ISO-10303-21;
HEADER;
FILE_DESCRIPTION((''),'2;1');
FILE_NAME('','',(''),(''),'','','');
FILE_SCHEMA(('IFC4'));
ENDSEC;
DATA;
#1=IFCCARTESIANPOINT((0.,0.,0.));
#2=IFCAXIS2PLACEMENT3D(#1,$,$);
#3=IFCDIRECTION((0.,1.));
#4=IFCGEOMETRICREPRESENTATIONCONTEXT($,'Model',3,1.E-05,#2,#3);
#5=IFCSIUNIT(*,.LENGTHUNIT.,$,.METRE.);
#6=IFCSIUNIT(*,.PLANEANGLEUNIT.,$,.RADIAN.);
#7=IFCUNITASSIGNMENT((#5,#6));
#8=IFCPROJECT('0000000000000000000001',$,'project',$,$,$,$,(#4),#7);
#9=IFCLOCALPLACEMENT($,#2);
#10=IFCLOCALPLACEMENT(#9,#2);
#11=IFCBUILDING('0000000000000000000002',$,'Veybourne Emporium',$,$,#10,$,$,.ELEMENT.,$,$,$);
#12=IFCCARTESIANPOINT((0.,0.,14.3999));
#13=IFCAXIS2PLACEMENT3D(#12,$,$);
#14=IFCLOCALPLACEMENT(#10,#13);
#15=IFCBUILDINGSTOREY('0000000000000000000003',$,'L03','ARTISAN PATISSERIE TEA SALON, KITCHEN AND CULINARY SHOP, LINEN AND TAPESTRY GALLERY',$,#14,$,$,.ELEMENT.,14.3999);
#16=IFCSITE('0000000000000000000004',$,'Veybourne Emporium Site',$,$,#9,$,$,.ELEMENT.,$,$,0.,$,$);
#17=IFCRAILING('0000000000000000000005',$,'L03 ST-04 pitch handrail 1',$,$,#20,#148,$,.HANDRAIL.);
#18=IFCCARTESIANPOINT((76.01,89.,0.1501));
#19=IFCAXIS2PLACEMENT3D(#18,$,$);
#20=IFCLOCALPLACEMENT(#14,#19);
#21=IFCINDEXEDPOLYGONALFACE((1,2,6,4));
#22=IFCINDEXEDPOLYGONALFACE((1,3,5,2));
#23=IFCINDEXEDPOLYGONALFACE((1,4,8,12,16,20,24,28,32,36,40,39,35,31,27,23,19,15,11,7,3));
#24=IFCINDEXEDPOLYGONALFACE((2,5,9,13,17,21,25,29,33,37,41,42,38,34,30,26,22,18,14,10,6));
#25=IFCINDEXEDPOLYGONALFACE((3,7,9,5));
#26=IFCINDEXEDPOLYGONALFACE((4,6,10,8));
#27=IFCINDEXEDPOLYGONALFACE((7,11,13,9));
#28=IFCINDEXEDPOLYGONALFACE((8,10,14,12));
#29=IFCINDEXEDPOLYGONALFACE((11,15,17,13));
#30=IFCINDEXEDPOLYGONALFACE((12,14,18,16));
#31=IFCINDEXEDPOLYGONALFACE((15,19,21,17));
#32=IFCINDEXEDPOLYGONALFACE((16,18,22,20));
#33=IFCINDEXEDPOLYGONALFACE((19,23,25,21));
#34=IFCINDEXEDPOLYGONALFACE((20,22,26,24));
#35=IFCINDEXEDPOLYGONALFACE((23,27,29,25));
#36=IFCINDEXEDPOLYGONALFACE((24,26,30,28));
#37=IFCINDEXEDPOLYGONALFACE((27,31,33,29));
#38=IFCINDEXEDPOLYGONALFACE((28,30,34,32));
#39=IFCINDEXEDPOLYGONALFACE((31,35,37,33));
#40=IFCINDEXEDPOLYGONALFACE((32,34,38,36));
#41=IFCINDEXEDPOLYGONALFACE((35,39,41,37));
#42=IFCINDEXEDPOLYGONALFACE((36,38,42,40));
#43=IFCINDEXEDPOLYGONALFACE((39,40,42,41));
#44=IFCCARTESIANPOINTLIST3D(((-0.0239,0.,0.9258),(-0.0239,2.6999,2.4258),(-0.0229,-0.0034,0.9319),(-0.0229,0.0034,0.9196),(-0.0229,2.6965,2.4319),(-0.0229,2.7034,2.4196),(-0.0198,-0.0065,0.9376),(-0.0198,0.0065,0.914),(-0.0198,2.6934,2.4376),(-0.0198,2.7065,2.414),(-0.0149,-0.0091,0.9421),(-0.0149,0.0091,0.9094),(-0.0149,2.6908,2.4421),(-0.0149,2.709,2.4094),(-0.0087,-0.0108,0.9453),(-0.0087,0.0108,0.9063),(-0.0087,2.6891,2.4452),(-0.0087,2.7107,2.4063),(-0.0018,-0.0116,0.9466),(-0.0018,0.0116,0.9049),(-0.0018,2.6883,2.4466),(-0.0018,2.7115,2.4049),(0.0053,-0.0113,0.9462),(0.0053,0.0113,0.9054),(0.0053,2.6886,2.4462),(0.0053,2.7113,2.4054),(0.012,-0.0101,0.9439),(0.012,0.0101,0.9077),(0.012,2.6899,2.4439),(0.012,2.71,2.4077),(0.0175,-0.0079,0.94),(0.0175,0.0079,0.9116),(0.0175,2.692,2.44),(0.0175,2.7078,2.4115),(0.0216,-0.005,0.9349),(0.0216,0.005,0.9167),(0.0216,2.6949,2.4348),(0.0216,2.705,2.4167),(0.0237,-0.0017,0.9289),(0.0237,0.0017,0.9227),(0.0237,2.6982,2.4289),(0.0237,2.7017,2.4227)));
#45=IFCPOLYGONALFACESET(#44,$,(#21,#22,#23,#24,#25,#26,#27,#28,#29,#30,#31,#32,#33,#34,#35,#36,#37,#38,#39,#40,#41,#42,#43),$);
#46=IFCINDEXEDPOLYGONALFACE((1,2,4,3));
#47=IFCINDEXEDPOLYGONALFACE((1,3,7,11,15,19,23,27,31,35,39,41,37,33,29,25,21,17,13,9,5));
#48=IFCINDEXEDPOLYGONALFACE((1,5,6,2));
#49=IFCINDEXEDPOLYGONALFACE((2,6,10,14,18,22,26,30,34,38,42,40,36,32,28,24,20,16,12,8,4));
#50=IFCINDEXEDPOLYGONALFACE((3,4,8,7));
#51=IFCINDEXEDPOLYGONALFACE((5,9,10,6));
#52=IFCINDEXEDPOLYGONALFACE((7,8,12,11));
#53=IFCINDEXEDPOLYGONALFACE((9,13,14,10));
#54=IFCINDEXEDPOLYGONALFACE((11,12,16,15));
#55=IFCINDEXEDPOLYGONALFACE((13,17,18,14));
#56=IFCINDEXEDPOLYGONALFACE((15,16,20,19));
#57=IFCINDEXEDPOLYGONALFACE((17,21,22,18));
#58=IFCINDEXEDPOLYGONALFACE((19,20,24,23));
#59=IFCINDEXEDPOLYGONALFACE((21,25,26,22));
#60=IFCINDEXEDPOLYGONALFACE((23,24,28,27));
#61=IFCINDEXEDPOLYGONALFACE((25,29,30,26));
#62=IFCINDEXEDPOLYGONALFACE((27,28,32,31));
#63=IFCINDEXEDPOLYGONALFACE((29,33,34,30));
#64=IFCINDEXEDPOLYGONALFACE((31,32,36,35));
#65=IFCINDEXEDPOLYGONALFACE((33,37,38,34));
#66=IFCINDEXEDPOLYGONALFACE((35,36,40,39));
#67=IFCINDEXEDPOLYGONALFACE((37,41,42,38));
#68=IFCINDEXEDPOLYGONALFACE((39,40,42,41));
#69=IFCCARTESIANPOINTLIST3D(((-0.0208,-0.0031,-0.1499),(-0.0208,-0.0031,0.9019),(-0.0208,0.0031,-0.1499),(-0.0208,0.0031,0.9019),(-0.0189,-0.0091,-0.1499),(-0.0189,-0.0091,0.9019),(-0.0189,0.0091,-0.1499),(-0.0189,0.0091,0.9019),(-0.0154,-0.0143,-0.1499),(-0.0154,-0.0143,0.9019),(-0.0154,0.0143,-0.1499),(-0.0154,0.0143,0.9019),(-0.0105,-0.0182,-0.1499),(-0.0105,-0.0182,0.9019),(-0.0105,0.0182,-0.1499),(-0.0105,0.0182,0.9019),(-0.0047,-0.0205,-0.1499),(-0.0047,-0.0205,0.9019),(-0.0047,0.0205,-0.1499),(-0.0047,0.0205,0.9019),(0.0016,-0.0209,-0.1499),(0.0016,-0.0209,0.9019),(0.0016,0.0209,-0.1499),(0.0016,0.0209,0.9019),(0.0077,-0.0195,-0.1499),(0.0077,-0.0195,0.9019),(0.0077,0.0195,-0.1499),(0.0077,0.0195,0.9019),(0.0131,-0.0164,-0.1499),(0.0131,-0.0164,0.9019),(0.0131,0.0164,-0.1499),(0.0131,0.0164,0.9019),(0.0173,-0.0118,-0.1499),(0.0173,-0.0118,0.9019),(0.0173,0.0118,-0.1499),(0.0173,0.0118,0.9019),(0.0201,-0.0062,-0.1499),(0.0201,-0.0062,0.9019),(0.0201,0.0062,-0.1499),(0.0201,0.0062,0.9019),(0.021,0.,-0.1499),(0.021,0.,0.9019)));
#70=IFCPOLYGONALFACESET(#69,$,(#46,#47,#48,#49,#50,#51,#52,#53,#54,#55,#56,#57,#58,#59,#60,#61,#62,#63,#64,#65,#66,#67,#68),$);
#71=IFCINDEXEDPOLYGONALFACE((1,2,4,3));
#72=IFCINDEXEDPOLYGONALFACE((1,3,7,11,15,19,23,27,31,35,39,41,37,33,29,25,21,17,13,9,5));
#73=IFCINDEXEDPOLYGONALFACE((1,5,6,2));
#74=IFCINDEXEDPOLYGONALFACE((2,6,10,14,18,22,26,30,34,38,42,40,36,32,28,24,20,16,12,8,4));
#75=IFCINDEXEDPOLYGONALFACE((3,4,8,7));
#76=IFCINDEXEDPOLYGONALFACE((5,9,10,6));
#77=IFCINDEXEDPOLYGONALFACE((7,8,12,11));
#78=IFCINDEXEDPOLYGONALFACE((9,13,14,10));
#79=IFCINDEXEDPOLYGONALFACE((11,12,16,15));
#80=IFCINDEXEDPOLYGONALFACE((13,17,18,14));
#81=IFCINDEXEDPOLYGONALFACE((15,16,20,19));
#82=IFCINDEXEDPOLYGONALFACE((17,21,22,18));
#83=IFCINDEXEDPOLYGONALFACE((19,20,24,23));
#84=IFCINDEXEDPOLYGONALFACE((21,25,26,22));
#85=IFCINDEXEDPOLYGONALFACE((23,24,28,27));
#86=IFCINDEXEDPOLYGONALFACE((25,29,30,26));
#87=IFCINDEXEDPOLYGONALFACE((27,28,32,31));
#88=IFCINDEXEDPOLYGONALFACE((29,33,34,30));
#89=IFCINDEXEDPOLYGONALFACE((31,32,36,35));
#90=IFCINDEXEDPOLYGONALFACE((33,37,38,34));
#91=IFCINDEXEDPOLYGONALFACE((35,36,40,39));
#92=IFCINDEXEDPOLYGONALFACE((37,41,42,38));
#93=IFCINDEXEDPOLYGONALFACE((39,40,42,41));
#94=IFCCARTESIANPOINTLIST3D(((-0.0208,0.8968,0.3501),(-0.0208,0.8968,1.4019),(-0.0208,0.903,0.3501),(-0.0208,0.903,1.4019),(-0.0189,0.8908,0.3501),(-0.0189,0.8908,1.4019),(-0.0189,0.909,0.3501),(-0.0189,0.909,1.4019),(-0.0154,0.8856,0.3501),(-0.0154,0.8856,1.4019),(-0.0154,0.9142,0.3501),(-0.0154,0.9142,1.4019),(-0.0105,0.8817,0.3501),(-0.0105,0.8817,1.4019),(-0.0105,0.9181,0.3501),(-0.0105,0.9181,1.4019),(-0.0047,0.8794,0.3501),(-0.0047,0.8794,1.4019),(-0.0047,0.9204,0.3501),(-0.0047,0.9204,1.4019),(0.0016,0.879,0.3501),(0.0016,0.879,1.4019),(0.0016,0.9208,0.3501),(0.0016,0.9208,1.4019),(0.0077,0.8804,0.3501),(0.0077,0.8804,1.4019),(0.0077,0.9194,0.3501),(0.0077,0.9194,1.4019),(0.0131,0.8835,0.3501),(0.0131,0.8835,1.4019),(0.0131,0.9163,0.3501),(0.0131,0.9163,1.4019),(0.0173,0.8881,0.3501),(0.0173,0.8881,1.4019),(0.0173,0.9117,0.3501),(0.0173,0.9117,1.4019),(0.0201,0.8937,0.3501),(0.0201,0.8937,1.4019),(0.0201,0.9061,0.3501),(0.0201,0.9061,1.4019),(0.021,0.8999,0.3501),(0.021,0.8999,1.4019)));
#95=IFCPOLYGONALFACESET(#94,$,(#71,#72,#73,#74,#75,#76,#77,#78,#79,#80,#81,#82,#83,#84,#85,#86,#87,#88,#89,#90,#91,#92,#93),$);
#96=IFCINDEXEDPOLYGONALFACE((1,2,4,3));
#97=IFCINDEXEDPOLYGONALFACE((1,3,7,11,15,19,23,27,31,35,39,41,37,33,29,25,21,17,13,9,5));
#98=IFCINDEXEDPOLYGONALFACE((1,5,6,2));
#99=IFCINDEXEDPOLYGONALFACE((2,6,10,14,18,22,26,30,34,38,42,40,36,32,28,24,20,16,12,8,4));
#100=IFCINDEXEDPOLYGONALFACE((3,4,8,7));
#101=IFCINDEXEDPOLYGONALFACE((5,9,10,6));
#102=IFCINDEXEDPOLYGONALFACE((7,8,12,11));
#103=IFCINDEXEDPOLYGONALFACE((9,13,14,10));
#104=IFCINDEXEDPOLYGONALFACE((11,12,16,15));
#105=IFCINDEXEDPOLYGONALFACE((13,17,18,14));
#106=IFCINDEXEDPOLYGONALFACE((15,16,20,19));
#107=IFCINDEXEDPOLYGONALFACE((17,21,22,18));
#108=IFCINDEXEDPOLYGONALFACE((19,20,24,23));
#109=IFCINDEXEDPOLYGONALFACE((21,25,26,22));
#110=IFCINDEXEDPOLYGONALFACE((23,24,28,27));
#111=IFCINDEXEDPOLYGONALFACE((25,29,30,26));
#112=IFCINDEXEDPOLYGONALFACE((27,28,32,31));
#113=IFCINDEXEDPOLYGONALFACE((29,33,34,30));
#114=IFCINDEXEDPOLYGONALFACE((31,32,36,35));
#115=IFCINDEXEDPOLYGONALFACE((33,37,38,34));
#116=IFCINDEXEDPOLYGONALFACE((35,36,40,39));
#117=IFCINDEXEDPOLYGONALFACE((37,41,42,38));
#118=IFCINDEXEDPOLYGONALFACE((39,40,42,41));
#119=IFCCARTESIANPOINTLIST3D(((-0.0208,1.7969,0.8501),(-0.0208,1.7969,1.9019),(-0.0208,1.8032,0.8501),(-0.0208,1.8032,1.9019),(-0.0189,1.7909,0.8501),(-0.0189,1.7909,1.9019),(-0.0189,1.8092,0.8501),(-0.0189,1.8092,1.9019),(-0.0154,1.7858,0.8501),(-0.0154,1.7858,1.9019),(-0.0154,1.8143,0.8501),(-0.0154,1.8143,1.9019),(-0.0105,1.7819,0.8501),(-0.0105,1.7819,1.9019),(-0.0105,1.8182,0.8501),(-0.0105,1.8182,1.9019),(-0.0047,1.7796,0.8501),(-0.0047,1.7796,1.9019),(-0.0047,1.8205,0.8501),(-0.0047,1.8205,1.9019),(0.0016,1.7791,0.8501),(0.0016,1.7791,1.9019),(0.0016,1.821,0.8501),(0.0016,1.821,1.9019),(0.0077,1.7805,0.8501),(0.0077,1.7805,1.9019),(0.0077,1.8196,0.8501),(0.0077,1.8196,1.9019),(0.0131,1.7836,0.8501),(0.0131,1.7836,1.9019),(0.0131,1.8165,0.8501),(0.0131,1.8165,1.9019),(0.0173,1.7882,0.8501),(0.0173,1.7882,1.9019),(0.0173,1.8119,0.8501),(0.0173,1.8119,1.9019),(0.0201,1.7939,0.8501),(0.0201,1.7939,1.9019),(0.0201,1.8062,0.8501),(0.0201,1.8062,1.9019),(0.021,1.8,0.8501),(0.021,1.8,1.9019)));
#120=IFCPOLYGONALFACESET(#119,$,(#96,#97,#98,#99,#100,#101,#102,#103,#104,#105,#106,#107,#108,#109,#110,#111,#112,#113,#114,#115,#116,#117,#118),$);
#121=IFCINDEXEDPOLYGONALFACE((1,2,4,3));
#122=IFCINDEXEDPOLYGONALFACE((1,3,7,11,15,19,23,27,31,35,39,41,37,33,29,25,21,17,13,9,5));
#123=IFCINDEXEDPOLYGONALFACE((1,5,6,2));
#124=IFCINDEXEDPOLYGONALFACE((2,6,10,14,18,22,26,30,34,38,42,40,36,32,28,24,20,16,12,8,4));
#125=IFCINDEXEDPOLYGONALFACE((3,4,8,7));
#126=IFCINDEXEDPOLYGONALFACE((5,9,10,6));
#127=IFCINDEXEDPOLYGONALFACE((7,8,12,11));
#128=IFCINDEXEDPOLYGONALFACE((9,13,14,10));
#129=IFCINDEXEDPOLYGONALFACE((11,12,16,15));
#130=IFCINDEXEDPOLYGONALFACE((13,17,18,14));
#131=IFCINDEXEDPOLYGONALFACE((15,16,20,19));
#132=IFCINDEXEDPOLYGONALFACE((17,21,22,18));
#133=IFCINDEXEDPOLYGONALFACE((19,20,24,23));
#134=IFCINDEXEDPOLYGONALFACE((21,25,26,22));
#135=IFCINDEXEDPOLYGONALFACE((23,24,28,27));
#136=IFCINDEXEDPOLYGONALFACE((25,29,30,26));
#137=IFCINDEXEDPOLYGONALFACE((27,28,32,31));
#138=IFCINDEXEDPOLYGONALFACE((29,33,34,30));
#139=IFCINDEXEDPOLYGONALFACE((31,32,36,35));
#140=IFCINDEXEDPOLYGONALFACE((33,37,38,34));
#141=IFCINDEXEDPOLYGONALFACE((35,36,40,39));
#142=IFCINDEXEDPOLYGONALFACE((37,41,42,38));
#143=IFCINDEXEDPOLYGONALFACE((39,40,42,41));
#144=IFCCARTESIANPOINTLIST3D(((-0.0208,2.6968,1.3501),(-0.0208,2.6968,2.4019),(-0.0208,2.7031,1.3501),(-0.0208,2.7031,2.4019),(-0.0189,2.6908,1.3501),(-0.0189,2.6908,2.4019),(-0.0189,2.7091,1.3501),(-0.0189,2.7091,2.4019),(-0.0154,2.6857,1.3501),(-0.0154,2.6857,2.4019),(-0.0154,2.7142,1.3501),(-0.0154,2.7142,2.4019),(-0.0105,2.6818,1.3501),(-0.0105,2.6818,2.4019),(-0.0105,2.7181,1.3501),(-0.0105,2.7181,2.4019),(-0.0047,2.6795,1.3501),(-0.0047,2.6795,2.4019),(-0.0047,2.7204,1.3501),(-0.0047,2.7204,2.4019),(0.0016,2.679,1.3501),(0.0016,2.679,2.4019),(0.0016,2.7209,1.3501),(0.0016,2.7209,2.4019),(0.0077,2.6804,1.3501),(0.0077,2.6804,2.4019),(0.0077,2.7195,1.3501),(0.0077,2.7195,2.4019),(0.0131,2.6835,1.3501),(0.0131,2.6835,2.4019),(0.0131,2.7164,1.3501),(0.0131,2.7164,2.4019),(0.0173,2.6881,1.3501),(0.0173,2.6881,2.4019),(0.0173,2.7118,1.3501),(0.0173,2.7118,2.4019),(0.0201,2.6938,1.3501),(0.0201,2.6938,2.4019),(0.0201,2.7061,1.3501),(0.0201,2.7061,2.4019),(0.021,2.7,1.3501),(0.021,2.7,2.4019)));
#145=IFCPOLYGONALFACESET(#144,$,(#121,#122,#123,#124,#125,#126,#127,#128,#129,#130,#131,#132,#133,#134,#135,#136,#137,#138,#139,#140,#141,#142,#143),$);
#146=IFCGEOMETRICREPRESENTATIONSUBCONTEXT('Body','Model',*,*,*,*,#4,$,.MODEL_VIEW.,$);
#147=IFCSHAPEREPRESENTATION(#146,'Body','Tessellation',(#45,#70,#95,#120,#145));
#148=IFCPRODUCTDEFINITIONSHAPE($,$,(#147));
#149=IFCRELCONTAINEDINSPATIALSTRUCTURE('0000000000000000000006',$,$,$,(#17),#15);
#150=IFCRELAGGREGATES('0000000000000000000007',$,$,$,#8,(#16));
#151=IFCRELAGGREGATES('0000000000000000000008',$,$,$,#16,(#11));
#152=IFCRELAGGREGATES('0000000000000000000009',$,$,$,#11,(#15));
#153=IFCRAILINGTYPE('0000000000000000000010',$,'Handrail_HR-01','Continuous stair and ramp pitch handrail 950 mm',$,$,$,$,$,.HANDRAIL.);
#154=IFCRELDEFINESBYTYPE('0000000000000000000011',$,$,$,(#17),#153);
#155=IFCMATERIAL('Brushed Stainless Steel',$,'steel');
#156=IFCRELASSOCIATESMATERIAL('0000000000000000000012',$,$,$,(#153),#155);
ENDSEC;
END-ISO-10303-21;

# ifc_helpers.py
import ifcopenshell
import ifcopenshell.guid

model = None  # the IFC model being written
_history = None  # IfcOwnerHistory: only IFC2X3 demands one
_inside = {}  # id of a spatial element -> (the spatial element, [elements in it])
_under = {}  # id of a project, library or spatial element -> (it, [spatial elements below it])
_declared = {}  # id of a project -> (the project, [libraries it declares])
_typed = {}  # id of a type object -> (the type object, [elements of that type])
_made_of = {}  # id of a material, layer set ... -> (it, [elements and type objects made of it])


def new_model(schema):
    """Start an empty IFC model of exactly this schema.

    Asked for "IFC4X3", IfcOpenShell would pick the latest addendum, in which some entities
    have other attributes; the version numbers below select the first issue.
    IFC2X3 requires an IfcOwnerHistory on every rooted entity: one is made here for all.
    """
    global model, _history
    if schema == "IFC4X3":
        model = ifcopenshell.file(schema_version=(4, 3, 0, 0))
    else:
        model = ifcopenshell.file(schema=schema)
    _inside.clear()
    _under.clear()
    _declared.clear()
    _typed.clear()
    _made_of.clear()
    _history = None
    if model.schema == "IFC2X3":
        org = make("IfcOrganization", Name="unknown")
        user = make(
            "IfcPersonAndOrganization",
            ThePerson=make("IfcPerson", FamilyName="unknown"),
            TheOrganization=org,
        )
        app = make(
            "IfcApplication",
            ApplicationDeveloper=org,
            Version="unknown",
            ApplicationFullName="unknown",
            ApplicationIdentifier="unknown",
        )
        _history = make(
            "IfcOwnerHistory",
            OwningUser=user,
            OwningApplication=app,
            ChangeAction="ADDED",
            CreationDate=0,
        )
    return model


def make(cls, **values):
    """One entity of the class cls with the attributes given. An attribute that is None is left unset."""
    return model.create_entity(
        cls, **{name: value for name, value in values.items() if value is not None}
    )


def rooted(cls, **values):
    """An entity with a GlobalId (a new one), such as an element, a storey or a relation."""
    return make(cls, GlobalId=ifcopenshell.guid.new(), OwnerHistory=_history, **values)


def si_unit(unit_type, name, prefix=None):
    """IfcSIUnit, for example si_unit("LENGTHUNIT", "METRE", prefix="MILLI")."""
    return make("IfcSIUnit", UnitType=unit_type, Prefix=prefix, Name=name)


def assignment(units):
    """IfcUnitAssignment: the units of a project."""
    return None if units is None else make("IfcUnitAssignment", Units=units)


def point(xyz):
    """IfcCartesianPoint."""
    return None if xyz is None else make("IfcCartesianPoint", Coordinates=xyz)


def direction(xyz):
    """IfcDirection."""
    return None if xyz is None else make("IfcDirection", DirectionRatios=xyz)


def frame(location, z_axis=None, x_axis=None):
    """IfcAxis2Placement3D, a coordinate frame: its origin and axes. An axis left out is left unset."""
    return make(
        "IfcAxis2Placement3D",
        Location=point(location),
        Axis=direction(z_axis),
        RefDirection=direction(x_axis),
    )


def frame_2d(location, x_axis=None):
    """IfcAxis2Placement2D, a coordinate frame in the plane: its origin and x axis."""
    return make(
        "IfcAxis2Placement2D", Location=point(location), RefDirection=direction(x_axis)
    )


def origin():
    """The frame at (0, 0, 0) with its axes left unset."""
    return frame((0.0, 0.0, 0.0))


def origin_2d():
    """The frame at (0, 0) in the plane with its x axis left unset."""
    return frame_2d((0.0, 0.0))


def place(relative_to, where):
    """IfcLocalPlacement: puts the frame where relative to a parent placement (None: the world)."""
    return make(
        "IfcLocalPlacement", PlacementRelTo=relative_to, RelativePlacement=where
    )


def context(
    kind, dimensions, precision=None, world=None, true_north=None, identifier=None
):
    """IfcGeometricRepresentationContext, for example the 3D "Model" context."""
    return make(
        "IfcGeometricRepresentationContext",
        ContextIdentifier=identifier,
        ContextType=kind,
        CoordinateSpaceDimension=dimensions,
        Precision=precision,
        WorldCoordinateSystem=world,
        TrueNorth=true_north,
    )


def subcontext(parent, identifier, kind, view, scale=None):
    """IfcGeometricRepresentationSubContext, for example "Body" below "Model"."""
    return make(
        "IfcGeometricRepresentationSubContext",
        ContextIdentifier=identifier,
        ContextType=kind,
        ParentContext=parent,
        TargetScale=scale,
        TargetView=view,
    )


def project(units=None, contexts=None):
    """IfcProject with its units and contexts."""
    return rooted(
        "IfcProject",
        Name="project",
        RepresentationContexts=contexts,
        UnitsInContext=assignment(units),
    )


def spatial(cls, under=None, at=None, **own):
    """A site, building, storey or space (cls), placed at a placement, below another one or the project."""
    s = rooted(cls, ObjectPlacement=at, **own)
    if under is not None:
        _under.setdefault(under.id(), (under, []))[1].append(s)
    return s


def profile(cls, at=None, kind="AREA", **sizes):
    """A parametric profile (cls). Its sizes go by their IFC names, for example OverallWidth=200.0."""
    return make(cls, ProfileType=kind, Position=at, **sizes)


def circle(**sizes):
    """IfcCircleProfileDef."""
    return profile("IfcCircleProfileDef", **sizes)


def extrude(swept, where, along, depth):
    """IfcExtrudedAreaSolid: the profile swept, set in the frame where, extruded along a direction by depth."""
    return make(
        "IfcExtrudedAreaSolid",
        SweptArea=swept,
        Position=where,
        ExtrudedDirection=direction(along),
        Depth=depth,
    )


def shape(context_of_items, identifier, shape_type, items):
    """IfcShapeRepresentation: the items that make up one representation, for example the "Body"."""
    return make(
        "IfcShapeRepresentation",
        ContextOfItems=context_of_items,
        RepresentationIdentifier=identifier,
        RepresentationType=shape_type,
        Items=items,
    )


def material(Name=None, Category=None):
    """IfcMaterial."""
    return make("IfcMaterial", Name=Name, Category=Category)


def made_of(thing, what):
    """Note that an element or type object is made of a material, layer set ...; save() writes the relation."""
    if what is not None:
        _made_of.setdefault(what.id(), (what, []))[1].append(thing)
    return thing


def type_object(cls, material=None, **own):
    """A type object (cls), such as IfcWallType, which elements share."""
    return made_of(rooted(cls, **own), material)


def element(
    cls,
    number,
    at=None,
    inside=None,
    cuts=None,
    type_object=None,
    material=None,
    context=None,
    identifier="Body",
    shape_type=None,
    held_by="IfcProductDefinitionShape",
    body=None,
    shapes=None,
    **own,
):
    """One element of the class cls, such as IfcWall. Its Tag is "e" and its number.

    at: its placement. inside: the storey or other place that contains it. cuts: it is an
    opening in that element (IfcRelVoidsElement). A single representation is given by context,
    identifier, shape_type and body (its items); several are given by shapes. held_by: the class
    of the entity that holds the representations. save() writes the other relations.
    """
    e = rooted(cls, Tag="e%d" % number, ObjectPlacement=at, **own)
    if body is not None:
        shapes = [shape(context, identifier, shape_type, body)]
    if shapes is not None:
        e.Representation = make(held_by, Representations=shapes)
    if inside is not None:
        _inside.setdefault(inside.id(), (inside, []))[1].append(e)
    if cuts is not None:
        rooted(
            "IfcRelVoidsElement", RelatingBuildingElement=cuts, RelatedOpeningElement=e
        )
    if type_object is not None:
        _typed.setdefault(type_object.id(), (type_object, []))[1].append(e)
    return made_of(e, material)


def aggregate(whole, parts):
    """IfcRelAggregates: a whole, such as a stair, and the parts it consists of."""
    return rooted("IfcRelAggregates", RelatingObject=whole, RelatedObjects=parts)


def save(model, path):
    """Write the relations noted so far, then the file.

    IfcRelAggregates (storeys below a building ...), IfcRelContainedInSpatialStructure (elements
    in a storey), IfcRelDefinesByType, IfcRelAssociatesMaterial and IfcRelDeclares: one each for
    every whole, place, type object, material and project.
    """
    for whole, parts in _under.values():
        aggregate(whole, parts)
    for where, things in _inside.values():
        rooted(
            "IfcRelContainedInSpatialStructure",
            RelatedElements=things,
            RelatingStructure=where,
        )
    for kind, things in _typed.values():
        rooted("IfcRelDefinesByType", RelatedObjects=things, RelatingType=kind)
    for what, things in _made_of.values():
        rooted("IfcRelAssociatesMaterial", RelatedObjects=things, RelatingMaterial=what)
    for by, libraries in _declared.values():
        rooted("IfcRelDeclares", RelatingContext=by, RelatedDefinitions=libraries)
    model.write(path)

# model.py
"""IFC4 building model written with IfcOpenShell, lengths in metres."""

from ifc_helpers import new_model, si_unit, direction, frame, origin, origin_2d, place, context, subcontext, project, spatial, circle, extrude, material, type_object, element, save


model = new_model("IFC4")

# Units and contexts
model_context = context("Model", 3, precision=1e-05, world=origin(), true_north=direction((0.0, 1.0)))
body_context = subcontext(model_context, "Body", "Model", "MODEL_VIEW")
ifc_project = project(units=[si_unit("LENGTHUNIT", "METRE"), si_unit("PLANEANGLEUNIT", "RADIAN")], contexts=[model_context])

# Site, building, storey
site_placement = place(None, origin())
site = spatial("IfcSite", under=ifc_project, at=site_placement, Name="Veybourne Emporium Site", CompositionType="ELEMENT", RefElevation=0.0)
building_placement = place(site_placement, origin())
building = spatial("IfcBuilding", under=site, at=building_placement, Name="Veybourne Emporium", CompositionType="ELEMENT")
storey_placement = place(building_placement, frame((0.0, 0.0, 14.3999)))
storey = spatial("IfcBuildingStorey", under=building, at=storey_placement, Name="L03", Description="ARTISAN PATISSERIE TEA SALON, KITCHEN AND CULINARY SHOP, LINEN AND TAPESTRY GALLERY", CompositionType="ELEMENT", Elevation=14.3999)

# Railing
ifc_material_1 = material(Name="Brushed Stainless Steel", Category="steel")
railing_type_1 = type_object("IfcRailingType", Name="Handrail_HR-01", Description="Continuous stair and ramp pitch handrail 950 mm", PredefinedType="HANDRAIL", material=ifc_material_1)
railing_1_placement = place(storey_placement, frame((76.01, 89.0, 0.1501)))
element("IfcRailing", 1, at=railing_1_placement, inside=storey, type_object=railing_type_1, Name="L03 ST-04 pitch handrail 1", PredefinedType="HANDRAIL", context=body_context, shape_type="SweptSolid", body=[
    extrude(circle(Radius=0.0239, at=origin_2d()), frame((0.0, 0.0, 0.9258), z_axis=(0.0, 0.874154, 0.48565), x_axis=(-1.0, 0.0, 0.0)), (0.0, 0.0, 1.0), 3.0886),
    extrude(circle(Radius=0.021, at=origin_2d()), frame((0.0, 0.0, -0.1499)), (0.0, 0.0, 1.0), 1.0518),
    extrude(circle(Radius=0.021, at=origin_2d()), frame((0.0, 0.8999, 0.3501)), (0.0, 0.0, 1.0), 1.0518),
    extrude(circle(Radius=0.021, at=origin_2d()), frame((0.0, 1.8, 0.8501)), (0.0, 0.0, 1.0), 1.0518),
    extrude(circle(Radius=0.021, at=origin_2d()), frame((0.0, 2.7, 1.3501)), (0.0, 0.0, 1.0), 1.0518),
])

save(model, "model.ifc")
